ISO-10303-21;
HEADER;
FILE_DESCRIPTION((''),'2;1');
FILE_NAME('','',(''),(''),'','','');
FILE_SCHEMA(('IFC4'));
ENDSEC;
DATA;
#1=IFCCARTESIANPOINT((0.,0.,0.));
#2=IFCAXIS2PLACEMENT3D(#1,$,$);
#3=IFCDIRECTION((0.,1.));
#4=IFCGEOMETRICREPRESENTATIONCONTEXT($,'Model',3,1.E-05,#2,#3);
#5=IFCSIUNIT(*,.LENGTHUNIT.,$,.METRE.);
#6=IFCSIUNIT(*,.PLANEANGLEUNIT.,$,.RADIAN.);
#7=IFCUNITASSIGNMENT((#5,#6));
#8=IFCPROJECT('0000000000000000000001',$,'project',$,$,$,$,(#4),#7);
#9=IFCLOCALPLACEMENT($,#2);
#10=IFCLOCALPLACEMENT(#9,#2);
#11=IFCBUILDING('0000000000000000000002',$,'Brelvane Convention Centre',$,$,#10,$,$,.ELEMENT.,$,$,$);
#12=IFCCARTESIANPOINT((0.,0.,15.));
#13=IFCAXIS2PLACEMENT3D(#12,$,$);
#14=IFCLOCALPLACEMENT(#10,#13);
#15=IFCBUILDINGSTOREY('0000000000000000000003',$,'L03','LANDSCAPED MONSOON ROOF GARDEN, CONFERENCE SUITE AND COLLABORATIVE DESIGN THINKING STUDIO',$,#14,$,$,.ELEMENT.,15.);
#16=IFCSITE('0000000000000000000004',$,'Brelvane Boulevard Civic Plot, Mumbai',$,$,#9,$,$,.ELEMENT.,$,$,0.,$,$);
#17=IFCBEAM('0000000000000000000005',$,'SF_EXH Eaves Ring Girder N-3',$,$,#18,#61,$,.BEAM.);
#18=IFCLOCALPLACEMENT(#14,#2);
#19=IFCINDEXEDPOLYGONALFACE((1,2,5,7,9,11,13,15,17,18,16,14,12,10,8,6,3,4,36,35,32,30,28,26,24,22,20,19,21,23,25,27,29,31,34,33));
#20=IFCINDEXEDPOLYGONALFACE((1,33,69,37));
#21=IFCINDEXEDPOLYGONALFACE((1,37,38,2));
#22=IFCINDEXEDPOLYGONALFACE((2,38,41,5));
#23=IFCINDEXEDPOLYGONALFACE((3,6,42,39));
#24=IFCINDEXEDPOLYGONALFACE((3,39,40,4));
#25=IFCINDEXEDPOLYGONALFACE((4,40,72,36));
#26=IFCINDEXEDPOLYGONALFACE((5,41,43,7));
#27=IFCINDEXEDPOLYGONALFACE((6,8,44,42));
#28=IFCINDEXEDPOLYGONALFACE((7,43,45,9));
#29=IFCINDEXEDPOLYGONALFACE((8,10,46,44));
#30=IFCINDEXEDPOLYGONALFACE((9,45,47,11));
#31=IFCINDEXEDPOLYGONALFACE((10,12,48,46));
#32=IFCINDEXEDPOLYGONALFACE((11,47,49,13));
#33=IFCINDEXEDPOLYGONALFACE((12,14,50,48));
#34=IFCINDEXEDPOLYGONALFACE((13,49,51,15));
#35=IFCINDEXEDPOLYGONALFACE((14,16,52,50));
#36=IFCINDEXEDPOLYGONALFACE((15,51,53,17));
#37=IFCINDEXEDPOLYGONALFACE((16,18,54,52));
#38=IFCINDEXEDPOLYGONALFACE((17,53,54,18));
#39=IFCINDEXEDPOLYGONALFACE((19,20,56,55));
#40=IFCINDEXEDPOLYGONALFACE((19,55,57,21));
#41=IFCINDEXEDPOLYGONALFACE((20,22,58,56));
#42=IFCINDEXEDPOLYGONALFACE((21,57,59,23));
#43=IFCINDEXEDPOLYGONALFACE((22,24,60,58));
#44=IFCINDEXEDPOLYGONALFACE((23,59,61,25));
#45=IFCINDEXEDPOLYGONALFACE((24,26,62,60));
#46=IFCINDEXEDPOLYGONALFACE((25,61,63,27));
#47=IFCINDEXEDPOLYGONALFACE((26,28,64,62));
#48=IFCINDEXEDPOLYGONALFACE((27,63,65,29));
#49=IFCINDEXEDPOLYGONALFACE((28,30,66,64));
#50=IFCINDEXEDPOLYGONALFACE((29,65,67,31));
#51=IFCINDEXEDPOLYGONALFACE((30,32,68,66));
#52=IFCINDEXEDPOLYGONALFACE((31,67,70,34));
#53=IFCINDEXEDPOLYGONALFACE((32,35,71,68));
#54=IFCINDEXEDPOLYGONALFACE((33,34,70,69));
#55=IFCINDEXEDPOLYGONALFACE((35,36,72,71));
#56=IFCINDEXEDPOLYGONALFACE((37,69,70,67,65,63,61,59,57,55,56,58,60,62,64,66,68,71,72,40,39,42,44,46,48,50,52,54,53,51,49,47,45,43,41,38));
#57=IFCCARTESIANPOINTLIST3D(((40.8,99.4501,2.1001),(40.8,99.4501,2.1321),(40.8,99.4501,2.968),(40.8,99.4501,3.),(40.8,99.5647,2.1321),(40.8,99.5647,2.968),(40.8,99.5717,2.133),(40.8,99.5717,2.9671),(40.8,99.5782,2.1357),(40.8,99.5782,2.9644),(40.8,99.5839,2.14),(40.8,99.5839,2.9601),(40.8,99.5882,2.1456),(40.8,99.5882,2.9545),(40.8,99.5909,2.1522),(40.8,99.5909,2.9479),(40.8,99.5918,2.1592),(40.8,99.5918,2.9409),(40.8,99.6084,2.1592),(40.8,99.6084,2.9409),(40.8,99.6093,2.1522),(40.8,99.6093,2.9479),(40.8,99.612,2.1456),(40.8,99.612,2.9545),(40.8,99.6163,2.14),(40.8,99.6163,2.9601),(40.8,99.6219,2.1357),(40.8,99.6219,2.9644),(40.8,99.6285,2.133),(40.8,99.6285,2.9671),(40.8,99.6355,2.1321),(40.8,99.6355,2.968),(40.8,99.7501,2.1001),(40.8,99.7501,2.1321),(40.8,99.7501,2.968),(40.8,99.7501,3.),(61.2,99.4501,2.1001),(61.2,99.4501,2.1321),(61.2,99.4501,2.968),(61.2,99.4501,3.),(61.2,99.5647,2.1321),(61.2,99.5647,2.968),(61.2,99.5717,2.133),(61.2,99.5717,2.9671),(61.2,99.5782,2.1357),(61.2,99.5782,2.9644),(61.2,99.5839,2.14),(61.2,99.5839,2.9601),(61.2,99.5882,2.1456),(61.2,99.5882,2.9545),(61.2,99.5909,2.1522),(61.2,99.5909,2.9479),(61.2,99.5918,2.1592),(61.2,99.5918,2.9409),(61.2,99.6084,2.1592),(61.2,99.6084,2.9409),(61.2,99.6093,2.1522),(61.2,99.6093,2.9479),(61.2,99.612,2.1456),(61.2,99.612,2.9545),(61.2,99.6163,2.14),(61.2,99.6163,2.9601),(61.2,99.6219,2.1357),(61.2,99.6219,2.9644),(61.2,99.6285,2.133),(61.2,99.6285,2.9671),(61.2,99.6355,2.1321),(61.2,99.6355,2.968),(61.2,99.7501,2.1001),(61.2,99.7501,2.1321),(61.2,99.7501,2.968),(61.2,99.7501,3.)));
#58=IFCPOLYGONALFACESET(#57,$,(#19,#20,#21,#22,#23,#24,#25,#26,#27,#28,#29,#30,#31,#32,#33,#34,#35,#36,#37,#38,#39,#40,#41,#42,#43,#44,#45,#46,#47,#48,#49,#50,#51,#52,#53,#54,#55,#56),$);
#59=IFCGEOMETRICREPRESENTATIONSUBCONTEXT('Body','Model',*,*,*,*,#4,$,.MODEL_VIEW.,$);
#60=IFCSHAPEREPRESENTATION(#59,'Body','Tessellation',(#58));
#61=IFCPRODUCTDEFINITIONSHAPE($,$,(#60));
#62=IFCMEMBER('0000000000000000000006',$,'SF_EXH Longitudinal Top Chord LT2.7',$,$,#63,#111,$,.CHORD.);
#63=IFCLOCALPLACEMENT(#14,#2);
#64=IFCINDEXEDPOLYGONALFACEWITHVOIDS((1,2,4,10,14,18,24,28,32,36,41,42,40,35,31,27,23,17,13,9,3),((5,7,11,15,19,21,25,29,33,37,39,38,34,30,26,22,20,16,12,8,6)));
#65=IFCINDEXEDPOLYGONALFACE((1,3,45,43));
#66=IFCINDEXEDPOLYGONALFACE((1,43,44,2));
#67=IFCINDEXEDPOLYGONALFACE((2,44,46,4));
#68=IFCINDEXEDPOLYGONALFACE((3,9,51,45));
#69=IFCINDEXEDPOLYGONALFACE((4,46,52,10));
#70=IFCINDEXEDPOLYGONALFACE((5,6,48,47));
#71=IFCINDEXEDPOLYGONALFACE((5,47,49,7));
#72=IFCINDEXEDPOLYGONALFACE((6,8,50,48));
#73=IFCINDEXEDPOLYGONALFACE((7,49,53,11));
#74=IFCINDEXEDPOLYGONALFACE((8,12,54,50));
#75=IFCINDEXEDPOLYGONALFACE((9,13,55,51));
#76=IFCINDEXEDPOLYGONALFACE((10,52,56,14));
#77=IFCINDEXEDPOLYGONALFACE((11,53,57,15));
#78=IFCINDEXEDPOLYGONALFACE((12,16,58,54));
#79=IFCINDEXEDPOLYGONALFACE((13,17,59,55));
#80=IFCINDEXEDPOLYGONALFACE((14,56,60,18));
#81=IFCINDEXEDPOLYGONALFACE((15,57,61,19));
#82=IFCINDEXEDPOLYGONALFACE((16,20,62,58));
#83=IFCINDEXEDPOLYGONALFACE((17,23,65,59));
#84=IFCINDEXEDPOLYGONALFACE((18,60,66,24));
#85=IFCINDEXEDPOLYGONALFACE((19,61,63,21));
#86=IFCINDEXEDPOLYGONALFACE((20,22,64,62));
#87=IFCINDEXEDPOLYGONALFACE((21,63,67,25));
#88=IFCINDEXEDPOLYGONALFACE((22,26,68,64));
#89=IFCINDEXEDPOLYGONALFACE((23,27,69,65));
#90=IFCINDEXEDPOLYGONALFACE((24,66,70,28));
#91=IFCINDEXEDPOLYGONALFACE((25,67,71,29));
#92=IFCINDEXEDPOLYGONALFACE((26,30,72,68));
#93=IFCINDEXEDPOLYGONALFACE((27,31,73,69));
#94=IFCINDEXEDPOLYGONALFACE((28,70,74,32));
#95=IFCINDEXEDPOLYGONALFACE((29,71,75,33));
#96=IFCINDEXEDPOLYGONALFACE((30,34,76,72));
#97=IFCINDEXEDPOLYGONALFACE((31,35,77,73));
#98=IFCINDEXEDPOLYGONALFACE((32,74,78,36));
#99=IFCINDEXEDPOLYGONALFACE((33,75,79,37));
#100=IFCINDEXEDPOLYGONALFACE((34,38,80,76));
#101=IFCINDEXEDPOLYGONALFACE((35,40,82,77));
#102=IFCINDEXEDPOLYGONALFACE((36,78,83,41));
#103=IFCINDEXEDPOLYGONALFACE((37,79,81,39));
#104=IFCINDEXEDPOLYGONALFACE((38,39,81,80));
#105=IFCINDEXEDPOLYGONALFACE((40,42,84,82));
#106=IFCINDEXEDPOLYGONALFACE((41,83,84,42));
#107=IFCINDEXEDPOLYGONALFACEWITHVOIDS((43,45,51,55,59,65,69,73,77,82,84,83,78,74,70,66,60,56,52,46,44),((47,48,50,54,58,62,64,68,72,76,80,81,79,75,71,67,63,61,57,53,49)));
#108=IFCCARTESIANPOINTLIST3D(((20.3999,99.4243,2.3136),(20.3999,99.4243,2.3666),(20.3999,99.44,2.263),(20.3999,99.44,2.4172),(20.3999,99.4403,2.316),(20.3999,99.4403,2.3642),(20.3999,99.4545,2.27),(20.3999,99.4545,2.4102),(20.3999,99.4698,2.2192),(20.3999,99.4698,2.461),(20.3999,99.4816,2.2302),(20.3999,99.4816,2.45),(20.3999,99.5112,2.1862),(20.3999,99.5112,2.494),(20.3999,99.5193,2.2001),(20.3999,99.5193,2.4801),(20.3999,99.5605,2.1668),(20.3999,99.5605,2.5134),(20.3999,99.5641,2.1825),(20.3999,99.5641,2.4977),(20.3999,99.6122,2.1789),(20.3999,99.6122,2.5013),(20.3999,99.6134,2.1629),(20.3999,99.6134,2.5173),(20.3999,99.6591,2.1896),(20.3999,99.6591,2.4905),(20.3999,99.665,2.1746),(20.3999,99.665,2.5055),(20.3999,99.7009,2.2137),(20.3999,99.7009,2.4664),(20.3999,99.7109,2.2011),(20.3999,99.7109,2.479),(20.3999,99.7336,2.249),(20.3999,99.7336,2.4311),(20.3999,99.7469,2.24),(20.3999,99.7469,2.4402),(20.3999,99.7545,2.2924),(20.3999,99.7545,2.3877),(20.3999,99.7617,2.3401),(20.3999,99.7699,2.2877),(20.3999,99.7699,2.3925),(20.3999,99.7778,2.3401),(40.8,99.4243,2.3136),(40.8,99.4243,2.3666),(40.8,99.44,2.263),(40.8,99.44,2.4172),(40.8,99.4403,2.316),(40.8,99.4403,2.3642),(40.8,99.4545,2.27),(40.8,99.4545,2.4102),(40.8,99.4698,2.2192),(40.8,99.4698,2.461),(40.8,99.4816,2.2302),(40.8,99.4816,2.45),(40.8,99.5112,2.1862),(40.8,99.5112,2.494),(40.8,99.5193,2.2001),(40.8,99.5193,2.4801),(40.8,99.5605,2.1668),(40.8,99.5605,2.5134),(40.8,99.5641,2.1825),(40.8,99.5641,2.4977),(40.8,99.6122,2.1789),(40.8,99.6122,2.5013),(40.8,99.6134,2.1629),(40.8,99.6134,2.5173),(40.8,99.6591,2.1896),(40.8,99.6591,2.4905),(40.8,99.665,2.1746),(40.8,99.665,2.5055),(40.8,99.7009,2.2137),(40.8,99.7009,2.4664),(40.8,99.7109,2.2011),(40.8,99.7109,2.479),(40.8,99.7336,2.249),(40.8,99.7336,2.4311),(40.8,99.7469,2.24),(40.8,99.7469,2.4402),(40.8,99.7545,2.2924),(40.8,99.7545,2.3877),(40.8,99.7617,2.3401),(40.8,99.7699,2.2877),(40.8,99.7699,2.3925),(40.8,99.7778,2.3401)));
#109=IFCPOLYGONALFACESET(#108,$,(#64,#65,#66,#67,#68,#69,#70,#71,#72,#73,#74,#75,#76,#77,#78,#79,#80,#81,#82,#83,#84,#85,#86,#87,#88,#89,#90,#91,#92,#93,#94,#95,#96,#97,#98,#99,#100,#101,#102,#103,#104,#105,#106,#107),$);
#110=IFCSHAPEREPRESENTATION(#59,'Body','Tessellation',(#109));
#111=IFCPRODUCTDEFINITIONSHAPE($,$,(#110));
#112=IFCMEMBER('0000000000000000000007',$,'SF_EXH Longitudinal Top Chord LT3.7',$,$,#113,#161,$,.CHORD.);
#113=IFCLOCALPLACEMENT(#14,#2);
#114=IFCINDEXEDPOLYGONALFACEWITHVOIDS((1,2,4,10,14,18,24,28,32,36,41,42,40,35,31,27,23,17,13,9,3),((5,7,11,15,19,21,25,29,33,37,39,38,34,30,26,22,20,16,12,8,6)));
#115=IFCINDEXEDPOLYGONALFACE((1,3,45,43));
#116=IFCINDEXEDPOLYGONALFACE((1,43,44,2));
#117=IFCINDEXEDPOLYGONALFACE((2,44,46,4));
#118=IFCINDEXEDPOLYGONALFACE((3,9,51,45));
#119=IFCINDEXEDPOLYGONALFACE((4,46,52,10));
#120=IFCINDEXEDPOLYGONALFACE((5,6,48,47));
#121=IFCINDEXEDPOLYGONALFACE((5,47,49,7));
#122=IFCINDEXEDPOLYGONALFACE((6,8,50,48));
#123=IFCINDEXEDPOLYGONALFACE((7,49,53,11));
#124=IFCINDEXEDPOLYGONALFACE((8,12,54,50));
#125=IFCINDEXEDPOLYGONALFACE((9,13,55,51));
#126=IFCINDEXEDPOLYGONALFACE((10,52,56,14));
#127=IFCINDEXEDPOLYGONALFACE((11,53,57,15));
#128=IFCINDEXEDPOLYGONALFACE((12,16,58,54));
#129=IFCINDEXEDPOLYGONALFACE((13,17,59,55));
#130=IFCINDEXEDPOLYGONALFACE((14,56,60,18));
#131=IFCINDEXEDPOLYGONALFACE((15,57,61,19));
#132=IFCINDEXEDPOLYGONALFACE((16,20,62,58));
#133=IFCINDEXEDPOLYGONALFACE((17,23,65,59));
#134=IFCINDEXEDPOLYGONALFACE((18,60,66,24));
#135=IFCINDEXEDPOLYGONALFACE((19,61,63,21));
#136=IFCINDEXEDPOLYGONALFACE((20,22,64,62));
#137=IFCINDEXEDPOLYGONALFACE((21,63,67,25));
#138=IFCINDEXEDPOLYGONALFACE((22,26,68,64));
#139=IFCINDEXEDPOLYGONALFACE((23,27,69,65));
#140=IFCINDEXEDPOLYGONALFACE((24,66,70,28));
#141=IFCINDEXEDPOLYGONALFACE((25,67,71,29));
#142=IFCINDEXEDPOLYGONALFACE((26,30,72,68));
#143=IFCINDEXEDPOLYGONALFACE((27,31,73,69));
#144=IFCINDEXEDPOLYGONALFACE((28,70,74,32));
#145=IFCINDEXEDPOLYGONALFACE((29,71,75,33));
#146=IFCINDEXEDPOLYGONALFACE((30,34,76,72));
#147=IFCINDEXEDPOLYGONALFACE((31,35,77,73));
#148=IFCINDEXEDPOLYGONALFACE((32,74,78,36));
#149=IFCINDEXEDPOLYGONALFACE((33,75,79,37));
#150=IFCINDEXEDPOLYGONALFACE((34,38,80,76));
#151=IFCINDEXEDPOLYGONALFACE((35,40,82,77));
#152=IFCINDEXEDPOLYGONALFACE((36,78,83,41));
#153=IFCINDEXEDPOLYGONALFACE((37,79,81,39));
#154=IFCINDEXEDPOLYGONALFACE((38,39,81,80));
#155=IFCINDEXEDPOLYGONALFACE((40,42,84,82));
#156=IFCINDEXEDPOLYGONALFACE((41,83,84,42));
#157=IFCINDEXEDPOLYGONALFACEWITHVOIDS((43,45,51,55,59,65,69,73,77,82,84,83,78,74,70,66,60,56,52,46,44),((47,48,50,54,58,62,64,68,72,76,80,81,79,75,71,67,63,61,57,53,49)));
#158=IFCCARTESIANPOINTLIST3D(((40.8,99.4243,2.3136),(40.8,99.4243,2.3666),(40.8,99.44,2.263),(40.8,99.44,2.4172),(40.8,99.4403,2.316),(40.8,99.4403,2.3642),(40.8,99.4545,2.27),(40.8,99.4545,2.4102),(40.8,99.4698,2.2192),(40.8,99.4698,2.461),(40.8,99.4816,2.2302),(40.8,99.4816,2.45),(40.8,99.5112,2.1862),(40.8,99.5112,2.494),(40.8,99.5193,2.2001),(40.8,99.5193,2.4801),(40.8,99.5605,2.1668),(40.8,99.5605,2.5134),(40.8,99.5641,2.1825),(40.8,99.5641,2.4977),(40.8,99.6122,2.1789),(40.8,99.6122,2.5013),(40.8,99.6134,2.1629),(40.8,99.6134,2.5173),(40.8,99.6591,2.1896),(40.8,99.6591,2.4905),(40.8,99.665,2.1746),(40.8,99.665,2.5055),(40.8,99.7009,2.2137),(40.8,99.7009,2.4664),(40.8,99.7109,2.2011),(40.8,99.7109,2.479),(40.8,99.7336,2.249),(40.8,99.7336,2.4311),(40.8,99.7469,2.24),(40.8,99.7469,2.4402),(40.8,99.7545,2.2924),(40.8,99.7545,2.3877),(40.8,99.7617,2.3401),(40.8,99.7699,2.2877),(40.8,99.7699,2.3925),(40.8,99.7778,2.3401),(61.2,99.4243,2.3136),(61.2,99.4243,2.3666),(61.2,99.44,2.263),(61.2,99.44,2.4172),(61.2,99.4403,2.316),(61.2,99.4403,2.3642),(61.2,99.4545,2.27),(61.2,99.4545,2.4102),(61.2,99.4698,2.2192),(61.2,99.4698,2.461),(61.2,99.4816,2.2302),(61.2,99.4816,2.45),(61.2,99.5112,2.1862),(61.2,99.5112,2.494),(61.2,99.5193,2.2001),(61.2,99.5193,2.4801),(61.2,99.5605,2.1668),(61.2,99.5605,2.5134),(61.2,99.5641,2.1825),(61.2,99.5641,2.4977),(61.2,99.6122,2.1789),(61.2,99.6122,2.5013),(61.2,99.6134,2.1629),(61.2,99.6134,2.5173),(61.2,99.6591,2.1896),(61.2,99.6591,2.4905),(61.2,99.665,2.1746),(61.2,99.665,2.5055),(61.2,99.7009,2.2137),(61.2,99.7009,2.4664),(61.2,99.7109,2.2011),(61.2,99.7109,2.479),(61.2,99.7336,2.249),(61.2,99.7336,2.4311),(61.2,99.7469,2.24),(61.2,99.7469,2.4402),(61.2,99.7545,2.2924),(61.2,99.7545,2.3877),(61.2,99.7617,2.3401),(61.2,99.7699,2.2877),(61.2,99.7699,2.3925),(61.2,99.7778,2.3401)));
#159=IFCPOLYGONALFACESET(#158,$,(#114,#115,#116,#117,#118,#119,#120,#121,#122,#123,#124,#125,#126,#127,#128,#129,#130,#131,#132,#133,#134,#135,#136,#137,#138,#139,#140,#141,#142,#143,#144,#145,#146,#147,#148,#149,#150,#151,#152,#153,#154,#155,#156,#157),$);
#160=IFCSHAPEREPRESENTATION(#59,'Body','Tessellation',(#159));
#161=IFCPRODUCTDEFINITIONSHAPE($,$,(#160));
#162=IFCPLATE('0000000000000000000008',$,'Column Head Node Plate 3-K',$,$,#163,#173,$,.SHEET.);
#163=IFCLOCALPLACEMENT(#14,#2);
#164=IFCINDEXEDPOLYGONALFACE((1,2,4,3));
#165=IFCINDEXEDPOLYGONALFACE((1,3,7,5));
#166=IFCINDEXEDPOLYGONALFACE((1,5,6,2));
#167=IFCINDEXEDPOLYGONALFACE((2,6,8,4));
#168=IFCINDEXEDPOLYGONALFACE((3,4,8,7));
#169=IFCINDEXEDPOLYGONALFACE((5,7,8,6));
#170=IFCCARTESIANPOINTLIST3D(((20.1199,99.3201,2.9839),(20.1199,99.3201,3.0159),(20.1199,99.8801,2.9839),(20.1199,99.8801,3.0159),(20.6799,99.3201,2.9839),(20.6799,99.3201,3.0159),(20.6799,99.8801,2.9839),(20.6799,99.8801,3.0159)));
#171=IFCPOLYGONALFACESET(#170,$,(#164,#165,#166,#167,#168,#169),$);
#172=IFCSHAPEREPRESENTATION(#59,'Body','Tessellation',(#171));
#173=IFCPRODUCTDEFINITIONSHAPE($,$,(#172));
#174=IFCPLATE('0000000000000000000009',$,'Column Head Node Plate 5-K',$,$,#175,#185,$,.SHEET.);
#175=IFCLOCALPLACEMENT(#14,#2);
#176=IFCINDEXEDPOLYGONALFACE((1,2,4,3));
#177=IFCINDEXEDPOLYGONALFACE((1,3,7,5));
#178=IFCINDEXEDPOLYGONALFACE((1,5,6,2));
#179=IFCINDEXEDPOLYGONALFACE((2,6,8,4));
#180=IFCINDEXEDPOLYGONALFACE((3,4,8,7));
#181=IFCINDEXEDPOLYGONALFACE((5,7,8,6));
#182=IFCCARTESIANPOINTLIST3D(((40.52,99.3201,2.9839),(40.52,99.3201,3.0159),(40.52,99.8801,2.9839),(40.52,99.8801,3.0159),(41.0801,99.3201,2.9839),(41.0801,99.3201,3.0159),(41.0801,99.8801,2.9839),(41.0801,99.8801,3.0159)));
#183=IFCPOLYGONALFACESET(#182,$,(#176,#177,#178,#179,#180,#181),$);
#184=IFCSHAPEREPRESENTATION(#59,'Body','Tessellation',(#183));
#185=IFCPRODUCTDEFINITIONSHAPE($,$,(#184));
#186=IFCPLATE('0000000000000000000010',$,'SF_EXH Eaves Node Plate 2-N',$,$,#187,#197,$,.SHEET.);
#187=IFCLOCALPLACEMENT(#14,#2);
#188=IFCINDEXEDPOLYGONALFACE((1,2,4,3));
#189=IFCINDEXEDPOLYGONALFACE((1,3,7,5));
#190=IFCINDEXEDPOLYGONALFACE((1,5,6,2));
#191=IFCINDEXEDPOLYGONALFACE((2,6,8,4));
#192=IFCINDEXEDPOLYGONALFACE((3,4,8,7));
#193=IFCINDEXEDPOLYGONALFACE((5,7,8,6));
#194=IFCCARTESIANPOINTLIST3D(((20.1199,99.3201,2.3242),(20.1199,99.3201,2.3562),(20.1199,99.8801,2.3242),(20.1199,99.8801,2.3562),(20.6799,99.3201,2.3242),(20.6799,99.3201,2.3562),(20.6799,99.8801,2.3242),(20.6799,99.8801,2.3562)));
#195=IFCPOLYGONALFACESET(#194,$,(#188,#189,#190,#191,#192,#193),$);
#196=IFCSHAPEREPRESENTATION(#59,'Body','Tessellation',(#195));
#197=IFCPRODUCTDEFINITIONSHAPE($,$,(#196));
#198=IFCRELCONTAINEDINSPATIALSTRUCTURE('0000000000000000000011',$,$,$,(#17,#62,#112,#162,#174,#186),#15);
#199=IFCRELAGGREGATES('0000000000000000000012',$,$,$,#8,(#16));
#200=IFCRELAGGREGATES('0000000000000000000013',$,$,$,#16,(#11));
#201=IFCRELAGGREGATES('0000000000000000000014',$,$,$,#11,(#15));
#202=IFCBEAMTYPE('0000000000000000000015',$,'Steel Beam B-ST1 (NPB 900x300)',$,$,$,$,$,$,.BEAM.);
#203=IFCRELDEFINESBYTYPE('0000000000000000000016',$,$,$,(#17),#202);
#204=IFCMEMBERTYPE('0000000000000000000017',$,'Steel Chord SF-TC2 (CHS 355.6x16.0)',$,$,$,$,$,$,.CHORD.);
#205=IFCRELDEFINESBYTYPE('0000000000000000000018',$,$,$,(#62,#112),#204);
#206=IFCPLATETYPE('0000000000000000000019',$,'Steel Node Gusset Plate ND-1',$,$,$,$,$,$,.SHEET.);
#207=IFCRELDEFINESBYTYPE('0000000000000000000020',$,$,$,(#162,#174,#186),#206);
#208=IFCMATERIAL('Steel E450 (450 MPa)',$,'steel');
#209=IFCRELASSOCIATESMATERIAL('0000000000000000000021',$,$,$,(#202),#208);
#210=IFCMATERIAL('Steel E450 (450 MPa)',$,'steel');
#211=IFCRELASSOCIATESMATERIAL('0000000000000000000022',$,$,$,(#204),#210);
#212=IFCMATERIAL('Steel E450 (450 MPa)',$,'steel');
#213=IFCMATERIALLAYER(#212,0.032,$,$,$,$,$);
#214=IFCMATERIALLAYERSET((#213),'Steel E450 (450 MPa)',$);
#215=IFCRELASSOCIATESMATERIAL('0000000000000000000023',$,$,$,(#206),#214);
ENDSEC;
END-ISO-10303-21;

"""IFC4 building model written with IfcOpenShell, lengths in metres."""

from ifc_helpers import new_model, si_unit, direction, frame, origin, origin_2d, place, context, subcontext, project, spatial, rectangle, hollow_circle, i_section, extrude, material, layer, layer_set, material_profile, profile_set, type_object, element, save


model = new_model("IFC4")

# Units and contexts
model_context = context("Model", 3, precision=1e-05, world=origin(), true_north=direction((0.0, 1.0)))
body_context = subcontext(model_context, "Body", "Model", "MODEL_VIEW")
ifc_project = project(units=[si_unit("LENGTHUNIT", "METRE"), si_unit("PLANEANGLEUNIT", "RADIAN")], contexts=[model_context])

# Site, building, storey
site_placement = place(None, origin())
site = spatial("IfcSite", under=ifc_project, at=site_placement, Name="Brelvane Boulevard Civic Plot, Mumbai", CompositionType="ELEMENT", RefElevation=0.0)
building_placement = place(site_placement, origin())
building = spatial("IfcBuilding", under=site, at=building_placement, Name="Brelvane Convention Centre", CompositionType="ELEMENT")
storey_placement = place(building_placement, frame((0.0, 0.0, 15.0)))
storey = spatial("IfcBuildingStorey", under=building, at=storey_placement, Name="L03", Description="LANDSCAPED MONSOON ROOF GARDEN, CONFERENCE SUITE AND COLLABORATIVE DESIGN THINKING STUDIO", CompositionType="ELEMENT", Elevation=15.0)

# Beam
ifc_material_1 = material(Name="Steel E450 (450 MPa)", Category="steel")
ifc_material_profile_1 = material_profile(ifc_material_1, i_section(OverallWidth=0.3, OverallDepth=0.8999, WebThickness=0.0166, FlangeThickness=0.032, FilletRadius=0.0271, at=origin_2d()), Name="NPB 900x300")
ifc_profile_set_1 = profile_set([ifc_material_profile_1], Name="Steel E450 (450 MPa)")
beam_type_1 = type_object("IfcBeamType", Name="Steel Beam B-ST1 (NPB 900x300)", PredefinedType="BEAM", material=ifc_profile_set_1)
beam_1_placement = place(storey_placement, frame((40.8, 99.6001, 2.55), z_axis=(1.0, 0.0, 0.0), x_axis=(0.0, 1.0, 0.0)))
element("IfcBeam", 1, at=beam_1_placement, inside=storey, type_object=beam_type_1, Name="SF_EXH Eaves Ring Girder N-3", PredefinedType="BEAM", context=body_context, shape_type="SweptSolid", body=[
    extrude(i_section(OverallWidth=0.3, OverallDepth=0.8999, WebThickness=0.0166, FlangeThickness=0.032, FilletRadius=0.0271, at=origin_2d()), origin(), (0.0, 0.0, 1.0), 20.3999),
])

# Members
ifc_material_2 = material(Name="Steel E450 (450 MPa)", Category="steel")
ifc_material_profile_2 = material_profile(ifc_material_2, hollow_circle(Radius=0.1777, WallThickness=0.0161, at=origin_2d()), Name="CHS 355.6x16.0")
ifc_profile_set_2 = profile_set([ifc_material_profile_2], Name="Steel E450 (450 MPa)")
member_type = type_object("IfcMemberType", Name="Steel Chord SF-TC2 (CHS 355.6x16.0)", PredefinedType="CHORD", material=ifc_profile_set_2)
member_1_placement = place(storey_placement, frame((20.3999, 99.6001, 2.3401), z_axis=(1.0, 0.0, 0.0), x_axis=(0.0, 1.0, 0.0)))
element("IfcMember", 2, at=member_1_placement, inside=storey, type_object=member_type, Name="SF_EXH Longitudinal Top Chord LT2.7", PredefinedType="CHORD", context=body_context, shape_type="SweptSolid", body=[
    extrude(hollow_circle(Radius=0.1777, WallThickness=0.0161, at=origin_2d()), origin(), (0.0, 0.0, 1.0), 20.4001),
])
member_2_placement = place(storey_placement, frame((40.8, 99.6001, 2.3401), z_axis=(1.0, 0.0, 0.0), x_axis=(0.0, 1.0, 0.0)))
element("IfcMember", 3, at=member_2_placement, inside=storey, type_object=member_type, Name="SF_EXH Longitudinal Top Chord LT3.7", PredefinedType="CHORD", context=body_context, shape_type="SweptSolid", body=[
    extrude(hollow_circle(Radius=0.1777, WallThickness=0.0161, at=origin_2d()), origin(), (0.0, 0.0, 1.0), 20.3999),
])

# Plates
ifc_material_3 = material(Name="Steel E450 (450 MPa)", Category="steel")
ifc_layer_1 = layer(ifc_material_3, 0.032)
ifc_layer_set_1 = layer_set([ifc_layer_1], Name="Steel E450 (450 MPa)")
plate_type = type_object("IfcPlateType", Name="Steel Node Gusset Plate ND-1", PredefinedType="SHEET", material=ifc_layer_set_1)
for number, where, z_axis, x_axis, name in (
    (4, (20.3999, 99.6001, 2.9839), (0.0, 0.0, 1.0), (1.0, 0.0, 0.0), "Column Head Node Plate 3-K"),
    (5, (40.8, 99.6001, 2.9839), (0.0, 0.0, 1.0), (1.0, 0.0, 0.0), "Column Head Node Plate 5-K"),
    (6, (20.3999, 99.6001, 2.3242), (0.0, 0.0, 1.0), (1.0, 0.0, 0.0), "SF_EXH Eaves Node Plate 2-N"),
):
    element("IfcPlate", number, at=place(storey_placement, frame(where, z_axis=z_axis, x_axis=x_axis)), inside=storey, type_object=plate_type, Name=name, PredefinedType="SHEET", context=body_context, shape_type="SweptSolid", body=[
        extrude(rectangle(XDim=0.5601, YDim=0.5601, at=origin_2d()), origin(), (0.0, 0.0, 1.0), 0.032),
    ])

save(model, "model.ifc")
